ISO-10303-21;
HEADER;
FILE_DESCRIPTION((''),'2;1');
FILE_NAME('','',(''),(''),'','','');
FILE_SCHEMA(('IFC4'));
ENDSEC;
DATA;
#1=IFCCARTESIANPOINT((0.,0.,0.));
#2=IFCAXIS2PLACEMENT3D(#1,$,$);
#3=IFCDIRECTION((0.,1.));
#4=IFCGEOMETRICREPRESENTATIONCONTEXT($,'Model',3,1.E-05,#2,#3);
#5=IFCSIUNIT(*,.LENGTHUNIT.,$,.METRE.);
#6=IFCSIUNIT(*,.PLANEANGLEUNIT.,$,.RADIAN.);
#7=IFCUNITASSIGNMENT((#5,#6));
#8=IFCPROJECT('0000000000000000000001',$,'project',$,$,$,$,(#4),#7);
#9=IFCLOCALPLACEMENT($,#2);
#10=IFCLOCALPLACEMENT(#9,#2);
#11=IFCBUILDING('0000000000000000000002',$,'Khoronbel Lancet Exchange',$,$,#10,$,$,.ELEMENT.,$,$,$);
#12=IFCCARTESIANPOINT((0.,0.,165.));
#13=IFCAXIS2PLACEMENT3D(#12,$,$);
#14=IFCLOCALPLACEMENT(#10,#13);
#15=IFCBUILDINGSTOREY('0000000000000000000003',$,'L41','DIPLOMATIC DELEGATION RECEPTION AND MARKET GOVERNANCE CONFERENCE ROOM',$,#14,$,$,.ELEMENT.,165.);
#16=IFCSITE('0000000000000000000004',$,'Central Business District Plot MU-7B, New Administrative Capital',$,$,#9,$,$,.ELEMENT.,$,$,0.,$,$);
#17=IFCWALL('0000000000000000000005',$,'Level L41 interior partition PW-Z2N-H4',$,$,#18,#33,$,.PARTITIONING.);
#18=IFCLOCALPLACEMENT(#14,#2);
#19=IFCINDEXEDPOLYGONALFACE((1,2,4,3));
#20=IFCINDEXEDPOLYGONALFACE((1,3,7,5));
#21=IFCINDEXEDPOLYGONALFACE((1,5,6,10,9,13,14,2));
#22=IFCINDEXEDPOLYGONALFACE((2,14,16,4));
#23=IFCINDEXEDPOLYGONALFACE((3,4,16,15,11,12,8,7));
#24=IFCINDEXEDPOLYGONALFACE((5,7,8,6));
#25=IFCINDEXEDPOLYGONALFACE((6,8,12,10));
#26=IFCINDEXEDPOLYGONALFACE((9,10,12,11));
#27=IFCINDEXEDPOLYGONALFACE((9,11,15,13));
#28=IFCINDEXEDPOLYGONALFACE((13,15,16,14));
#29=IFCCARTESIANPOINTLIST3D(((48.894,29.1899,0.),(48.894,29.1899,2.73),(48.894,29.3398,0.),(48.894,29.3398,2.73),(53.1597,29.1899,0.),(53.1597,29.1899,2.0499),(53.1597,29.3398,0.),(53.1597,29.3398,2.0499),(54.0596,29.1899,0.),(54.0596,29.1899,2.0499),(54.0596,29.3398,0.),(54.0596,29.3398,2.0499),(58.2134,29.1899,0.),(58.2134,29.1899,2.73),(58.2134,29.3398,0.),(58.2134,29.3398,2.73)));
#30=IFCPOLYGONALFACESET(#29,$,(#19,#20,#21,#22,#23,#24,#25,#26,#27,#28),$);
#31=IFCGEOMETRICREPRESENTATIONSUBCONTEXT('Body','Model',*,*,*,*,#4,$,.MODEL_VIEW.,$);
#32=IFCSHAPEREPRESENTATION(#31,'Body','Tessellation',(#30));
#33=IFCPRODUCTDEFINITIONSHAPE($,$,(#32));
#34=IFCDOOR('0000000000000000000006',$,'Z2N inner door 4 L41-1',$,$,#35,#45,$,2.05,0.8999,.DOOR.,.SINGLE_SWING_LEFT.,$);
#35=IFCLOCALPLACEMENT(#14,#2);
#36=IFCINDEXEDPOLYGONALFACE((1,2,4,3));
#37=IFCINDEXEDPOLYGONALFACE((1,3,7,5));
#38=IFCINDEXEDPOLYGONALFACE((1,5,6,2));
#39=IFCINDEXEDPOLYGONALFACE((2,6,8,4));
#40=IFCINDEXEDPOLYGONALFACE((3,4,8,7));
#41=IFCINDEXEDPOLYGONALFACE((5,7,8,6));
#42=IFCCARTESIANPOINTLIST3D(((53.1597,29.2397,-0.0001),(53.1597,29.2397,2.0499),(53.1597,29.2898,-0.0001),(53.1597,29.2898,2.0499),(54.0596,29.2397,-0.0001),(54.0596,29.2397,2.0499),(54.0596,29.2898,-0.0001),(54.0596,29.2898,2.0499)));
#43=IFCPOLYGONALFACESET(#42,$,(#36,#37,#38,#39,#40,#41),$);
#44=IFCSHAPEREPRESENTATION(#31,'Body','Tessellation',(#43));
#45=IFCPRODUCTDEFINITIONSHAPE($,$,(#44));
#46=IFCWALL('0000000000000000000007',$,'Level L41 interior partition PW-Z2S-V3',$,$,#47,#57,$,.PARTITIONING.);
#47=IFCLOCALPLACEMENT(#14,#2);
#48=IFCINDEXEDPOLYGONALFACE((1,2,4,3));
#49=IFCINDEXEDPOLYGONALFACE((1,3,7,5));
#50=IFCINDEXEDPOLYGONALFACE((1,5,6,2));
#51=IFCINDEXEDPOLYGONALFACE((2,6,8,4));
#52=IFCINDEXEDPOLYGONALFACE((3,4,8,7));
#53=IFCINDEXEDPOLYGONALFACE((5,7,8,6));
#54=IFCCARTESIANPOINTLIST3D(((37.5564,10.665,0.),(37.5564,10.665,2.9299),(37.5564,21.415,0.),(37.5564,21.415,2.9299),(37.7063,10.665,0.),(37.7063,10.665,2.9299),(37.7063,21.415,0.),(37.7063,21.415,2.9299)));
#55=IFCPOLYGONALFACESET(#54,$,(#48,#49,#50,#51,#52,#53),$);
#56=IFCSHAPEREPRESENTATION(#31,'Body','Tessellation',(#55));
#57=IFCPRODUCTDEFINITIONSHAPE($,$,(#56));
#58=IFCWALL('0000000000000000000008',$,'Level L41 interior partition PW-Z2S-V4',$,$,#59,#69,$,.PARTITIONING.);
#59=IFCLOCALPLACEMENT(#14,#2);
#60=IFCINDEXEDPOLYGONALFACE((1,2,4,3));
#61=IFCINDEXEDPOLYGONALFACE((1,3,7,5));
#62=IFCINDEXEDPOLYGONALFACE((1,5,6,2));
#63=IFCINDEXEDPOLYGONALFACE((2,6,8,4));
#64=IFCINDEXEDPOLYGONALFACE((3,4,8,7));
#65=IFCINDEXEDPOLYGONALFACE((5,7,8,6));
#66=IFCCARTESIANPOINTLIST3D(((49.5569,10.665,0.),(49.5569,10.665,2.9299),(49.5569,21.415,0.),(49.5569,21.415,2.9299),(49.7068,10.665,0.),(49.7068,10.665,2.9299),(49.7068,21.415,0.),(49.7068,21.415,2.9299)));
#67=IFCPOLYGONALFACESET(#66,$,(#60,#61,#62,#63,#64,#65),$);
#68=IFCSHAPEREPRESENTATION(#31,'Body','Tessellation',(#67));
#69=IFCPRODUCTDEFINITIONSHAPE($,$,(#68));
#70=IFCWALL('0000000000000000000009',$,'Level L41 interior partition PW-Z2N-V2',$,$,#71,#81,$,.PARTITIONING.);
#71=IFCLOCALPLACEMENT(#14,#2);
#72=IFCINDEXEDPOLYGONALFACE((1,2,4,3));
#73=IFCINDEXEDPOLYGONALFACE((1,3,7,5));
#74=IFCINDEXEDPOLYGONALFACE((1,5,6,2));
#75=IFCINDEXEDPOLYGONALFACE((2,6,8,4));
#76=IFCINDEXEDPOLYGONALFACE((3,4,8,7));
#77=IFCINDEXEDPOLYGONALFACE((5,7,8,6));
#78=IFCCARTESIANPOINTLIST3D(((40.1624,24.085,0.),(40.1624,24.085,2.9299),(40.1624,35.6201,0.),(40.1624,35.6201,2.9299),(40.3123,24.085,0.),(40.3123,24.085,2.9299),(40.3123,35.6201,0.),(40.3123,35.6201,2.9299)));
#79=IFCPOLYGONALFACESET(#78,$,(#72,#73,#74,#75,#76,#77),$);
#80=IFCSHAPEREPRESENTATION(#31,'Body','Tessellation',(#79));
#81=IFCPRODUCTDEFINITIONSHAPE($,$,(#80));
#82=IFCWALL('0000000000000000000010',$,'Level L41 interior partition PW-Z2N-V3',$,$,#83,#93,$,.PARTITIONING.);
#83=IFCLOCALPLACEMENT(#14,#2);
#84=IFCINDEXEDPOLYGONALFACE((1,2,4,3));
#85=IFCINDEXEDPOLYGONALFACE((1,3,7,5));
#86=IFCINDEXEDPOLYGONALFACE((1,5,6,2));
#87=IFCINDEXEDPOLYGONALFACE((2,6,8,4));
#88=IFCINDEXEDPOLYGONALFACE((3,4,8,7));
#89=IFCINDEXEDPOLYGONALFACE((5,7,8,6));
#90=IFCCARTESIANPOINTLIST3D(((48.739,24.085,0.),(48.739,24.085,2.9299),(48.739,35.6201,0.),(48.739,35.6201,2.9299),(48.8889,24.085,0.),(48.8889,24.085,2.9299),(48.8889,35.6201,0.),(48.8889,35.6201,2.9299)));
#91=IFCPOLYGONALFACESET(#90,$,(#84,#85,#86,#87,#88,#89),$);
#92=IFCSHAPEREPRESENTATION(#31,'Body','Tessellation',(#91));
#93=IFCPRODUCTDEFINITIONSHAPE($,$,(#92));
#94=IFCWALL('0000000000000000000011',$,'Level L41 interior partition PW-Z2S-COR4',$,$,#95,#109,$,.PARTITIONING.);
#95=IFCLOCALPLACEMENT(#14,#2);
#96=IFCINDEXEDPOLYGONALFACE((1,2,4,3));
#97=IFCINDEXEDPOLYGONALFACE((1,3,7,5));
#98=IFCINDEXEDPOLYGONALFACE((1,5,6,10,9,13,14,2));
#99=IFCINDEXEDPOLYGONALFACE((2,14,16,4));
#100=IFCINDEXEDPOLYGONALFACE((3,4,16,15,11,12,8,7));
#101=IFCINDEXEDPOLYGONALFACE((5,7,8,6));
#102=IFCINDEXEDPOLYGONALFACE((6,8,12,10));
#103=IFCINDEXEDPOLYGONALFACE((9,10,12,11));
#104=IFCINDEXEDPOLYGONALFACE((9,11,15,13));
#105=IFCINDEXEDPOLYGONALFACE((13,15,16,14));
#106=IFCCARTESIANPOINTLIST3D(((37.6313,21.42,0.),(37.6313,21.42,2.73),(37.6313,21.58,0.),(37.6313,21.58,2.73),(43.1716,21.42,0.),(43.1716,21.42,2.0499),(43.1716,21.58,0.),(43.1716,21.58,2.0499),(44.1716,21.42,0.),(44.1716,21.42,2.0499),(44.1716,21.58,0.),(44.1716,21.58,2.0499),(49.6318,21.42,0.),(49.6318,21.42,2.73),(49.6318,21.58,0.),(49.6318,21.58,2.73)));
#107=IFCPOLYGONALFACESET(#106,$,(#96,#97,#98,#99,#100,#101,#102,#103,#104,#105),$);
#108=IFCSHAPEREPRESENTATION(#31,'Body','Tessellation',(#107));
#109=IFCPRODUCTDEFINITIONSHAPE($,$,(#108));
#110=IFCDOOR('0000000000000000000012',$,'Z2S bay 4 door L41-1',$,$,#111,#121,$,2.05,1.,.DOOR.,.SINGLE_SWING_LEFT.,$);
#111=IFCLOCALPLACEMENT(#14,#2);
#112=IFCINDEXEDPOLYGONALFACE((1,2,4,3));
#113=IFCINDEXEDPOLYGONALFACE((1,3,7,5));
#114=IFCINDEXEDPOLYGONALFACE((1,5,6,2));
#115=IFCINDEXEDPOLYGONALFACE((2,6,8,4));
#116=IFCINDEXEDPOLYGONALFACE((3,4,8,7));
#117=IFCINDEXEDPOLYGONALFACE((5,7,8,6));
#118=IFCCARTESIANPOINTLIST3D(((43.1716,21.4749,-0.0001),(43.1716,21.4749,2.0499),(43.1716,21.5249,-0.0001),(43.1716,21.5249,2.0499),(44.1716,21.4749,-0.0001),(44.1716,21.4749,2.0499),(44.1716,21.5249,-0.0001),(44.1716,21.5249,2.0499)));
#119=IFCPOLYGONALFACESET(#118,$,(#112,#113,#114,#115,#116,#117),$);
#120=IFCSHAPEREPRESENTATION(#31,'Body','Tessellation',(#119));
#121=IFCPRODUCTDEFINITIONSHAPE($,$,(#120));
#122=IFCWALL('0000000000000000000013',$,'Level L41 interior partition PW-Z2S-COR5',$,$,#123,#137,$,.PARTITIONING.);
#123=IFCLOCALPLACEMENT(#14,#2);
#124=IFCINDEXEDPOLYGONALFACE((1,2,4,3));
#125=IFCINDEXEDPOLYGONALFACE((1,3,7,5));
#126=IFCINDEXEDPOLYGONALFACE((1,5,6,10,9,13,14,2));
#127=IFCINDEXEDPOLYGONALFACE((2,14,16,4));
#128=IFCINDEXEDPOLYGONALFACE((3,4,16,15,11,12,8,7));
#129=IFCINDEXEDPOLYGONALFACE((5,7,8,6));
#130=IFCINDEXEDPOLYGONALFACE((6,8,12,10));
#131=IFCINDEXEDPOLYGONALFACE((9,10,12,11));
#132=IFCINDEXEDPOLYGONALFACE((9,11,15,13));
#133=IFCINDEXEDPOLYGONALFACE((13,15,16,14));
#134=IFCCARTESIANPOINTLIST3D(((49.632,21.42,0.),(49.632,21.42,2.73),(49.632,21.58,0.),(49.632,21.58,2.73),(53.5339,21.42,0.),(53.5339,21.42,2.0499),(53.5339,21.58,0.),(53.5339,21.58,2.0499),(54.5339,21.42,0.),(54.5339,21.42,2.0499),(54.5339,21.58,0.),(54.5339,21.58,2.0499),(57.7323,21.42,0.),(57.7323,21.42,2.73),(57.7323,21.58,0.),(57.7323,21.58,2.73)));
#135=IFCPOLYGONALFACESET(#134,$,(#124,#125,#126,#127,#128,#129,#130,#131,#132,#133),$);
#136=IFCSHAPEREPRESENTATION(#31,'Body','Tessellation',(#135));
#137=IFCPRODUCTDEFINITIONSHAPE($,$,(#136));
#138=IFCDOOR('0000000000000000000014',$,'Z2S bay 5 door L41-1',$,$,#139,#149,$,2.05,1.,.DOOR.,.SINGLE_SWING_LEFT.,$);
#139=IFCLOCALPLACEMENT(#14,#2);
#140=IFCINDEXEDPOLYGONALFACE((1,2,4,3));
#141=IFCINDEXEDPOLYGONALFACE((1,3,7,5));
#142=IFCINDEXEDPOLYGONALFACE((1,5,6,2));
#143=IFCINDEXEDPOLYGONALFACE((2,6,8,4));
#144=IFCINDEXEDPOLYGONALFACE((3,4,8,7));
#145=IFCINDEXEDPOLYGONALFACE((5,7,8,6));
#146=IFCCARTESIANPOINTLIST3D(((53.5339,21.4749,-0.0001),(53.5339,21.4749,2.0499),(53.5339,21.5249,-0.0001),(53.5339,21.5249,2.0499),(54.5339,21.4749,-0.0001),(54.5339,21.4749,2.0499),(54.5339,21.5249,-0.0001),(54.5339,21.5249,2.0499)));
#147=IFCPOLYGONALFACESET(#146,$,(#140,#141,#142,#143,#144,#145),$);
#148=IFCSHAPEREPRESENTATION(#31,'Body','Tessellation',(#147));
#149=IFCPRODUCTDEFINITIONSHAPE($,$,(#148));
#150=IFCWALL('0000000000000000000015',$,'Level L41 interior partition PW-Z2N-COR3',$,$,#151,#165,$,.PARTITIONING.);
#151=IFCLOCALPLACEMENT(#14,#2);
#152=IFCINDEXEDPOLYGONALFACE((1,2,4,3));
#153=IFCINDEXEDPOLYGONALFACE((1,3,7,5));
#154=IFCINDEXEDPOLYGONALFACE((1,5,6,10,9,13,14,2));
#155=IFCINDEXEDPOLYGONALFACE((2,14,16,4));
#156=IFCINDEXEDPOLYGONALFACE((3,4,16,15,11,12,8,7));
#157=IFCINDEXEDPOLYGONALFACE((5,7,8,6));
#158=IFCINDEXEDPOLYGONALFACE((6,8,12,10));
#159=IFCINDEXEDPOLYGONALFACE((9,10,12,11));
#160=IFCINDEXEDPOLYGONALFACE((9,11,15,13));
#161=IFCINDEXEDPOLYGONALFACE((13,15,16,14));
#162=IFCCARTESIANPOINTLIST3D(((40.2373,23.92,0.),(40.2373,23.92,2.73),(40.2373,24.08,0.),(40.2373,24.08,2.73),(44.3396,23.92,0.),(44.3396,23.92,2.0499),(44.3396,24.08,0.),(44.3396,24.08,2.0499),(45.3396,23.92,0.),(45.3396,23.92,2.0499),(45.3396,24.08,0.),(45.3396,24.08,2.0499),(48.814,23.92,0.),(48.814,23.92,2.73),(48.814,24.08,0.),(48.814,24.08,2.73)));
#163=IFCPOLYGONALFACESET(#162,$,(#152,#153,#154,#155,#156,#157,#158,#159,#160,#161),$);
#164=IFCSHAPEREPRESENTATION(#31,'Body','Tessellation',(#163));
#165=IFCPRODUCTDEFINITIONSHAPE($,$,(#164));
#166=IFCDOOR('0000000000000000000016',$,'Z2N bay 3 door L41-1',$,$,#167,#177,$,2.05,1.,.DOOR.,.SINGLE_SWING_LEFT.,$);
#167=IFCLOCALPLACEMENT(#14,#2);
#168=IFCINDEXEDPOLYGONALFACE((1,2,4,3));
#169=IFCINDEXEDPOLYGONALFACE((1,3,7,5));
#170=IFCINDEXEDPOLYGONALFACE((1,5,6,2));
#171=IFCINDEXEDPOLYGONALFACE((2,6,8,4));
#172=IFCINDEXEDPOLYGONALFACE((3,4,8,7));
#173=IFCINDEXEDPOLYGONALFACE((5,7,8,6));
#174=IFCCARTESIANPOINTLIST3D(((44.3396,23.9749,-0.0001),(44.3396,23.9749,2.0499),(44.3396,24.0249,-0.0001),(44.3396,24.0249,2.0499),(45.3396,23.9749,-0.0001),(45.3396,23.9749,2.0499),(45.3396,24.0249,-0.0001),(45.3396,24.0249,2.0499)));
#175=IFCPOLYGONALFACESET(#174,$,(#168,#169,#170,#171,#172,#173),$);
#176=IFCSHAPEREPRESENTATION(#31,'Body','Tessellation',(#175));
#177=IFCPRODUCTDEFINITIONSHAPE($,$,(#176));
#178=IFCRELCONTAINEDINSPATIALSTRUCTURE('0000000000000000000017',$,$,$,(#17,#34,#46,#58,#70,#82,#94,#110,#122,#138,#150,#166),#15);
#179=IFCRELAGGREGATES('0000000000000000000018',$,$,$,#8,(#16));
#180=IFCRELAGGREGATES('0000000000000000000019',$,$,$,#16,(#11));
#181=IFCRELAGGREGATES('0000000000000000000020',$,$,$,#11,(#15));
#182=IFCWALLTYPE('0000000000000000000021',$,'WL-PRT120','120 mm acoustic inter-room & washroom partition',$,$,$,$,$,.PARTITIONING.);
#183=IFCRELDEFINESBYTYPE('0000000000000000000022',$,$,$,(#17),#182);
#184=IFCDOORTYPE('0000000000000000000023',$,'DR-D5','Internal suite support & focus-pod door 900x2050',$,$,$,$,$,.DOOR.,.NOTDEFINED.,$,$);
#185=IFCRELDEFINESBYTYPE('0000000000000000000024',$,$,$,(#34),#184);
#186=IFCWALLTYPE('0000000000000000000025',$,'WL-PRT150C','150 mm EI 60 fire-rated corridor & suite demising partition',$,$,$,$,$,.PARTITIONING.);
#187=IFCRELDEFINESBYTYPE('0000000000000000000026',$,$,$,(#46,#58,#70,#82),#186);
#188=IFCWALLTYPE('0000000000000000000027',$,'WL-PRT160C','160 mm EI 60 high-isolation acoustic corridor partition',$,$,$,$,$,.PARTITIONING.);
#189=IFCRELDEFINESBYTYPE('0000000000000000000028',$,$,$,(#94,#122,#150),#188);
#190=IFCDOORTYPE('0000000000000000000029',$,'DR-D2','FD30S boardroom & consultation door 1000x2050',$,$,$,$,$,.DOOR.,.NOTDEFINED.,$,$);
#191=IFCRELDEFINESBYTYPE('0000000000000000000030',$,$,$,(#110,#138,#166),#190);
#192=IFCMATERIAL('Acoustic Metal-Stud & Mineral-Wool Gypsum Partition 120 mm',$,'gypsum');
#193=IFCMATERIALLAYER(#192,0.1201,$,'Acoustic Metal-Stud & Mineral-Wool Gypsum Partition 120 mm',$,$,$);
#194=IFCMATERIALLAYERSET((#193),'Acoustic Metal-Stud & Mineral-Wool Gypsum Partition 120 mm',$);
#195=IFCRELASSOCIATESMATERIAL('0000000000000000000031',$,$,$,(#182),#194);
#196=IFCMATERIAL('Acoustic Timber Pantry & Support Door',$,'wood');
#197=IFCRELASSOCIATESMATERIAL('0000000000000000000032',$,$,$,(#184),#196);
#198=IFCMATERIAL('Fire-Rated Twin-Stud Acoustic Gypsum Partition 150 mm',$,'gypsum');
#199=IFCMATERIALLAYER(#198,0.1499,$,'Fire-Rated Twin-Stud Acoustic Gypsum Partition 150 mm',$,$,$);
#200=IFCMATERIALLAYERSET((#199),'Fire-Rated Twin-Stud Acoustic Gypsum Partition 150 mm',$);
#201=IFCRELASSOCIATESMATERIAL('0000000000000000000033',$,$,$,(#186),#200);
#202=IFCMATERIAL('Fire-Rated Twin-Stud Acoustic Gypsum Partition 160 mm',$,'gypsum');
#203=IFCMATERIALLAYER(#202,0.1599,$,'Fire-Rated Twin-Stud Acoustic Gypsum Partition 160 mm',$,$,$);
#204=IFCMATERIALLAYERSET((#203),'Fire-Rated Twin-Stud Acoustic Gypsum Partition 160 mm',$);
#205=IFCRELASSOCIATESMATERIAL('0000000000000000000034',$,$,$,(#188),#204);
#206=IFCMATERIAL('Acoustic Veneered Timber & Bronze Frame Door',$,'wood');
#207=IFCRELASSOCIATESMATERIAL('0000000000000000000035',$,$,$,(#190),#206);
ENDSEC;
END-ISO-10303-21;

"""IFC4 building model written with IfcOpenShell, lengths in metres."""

from ifc_helpers import new_model, si_unit, direction, frame, frame_2d, origin, place, context, subcontext, project, spatial, rectangle, extrude, material, layer, layer_set, type_object, element, fill, save


model = new_model("IFC4")

# Units and contexts
model_context = context("Model", 3, precision=1e-05, world=origin(), true_north=direction((0.0, 1.0)))
body_context = subcontext(model_context, "Body", "Model", "MODEL_VIEW")
ifc_project = project(units=[si_unit("LENGTHUNIT", "METRE"), si_unit("PLANEANGLEUNIT", "RADIAN")], contexts=[model_context])

# Site, building, storey
site_placement = place(None, origin())
site = spatial("IfcSite", under=ifc_project, at=site_placement, Name="Central Business District Plot MU-7B, New Administrative Capital", CompositionType="ELEMENT", RefElevation=0.0)
building_placement = place(site_placement, origin())
building = spatial("IfcBuilding", under=site, at=building_placement, Name="Khoronbel Lancet Exchange", CompositionType="ELEMENT")
storey_placement = place(building_placement, frame((0.0, 0.0, 165.0)))
storey = spatial("IfcBuildingStorey", under=building, at=storey_placement, Name="L41", Description="DIPLOMATIC DELEGATION RECEPTION AND MARKET GOVERNANCE CONFERENCE ROOM", CompositionType="ELEMENT", Elevation=165.0)

# Wall, opening, door
ifc_material_1 = material(Name="Acoustic Metal-Stud & Mineral-Wool Gypsum Partition 120 mm", Category="gypsum")
ifc_layer_1 = layer(ifc_material_1, 0.1201, Name="Acoustic Metal-Stud & Mineral-Wool Gypsum Partition 120 mm")
ifc_layer_set_1 = layer_set([ifc_layer_1], Name="Acoustic Metal-Stud & Mineral-Wool Gypsum Partition 120 mm")
wall_type_1 = type_object("IfcWallType", Name="WL-PRT120", Description="120 mm acoustic inter-room & washroom partition", PredefinedType="PARTITIONING", material=ifc_layer_set_1)
ifc_material_2 = material(Name="Acoustic Timber Pantry & Support Door", Category="wood")
door_type_1 = type_object("IfcDoorType", Name="DR-D5", Description="Internal suite support & focus-pod door 900x2050", OperationType="NOTDEFINED", PredefinedType="DOOR", material=ifc_material_2)
wall_1_placement = place(storey_placement, frame((48.894, 29.2649, 0.0), z_axis=(0.0, 0.0, 1.0), x_axis=(1.0, 0.0, 0.0)))
wall_1 = element("IfcWall", 1, at=wall_1_placement, inside=storey, type_object=wall_type_1, Name="Level L41 interior partition PW-Z2N-H4", PredefinedType="PARTITIONING", context=body_context, shape_type="SweptSolid", body=[
    extrude(rectangle(XDim=9.3193, YDim=0.1499, at=frame_2d((4.6597, 0.0))), origin(), (0.0, 0.0, 1.0), 2.73),
])
opening_1_placement = place(wall_1_placement, frame((4.2656, 0.0, 0.0)))
opening_1 = element("IfcOpeningElement", 2, at=opening_1_placement, cuts=wall_1, PredefinedType="OPENING", context=body_context, shape_type="SweptSolid", body=[
    extrude(rectangle(XDim=0.8999, YDim=2.05, at=frame_2d((0.45, 1.0249))), frame((0.0, 0.085, 0.0), z_axis=(0.0, -1.0, 0.0), x_axis=(1.0, 0.0, 0.0)), (0.0, 0.0, 1.0), 0.1699),
])
door_1_placement = place(opening_1_placement, origin())
door_1 = element("IfcDoor", 3, at=door_1_placement, inside=storey, type_object=door_type_1, Name="Z2N inner door 4 L41-1", OperationType="SINGLE_SWING_LEFT", OverallHeight=2.05, OverallWidth=0.8999, PredefinedType="DOOR", context=body_context, shape_type="SweptSolid", body=[
    extrude(rectangle(XDim=0.8999, YDim=2.05, at=frame_2d((0.45, 1.0249))), frame((0.0, 0.0249, 0.0), z_axis=(0.0, -1.0, 0.0), x_axis=(1.0, 0.0, 0.0)), (0.0, 0.0, 1.0), 0.05),
])
fill(opening_1, door_1)

# Walls
ifc_material_3 = material(Name="Fire-Rated Twin-Stud Acoustic Gypsum Partition 150 mm", Category="gypsum")
ifc_layer_2 = layer(ifc_material_3, 0.1499, Name="Fire-Rated Twin-Stud Acoustic Gypsum Partition 150 mm")
ifc_layer_set_2 = layer_set([ifc_layer_2], Name="Fire-Rated Twin-Stud Acoustic Gypsum Partition 150 mm")
wall_type_2 = type_object("IfcWallType", Name="WL-PRT150C", Description="150 mm EI 60 fire-rated corridor & suite demising partition", PredefinedType="PARTITIONING", material=ifc_layer_set_2)
for number, where, z_axis, x_axis, name in (
    (4, (37.6313, 10.665, 0.0), (0.0, 0.0, 1.0), (0.0, 1.0, 0.0), "Level L41 interior partition PW-Z2S-V3"),
    (5, (49.6318, 10.665, 0.0), (0.0, 0.0, 1.0), (0.0, 1.0, 0.0), "Level L41 interior partition PW-Z2S-V4"),
):
    element("IfcWall", number, at=place(storey_placement, frame(where, z_axis=z_axis, x_axis=x_axis)), inside=storey, type_object=wall_type_2, Name=name, PredefinedType="PARTITIONING", context=body_context, shape_type="SweptSolid", body=[
        extrude(rectangle(XDim=10.75, YDim=0.1499, at=frame_2d((5.375, 0.0))), origin(), (0.0, 0.0, 1.0), 2.9299),
    ])
for number, where, z_axis, x_axis, name in (
    (6, (40.2373, 24.085, 0.0), (0.0, 0.0, 1.0), (0.0, 1.0, 0.0), "Level L41 interior partition PW-Z2N-V2"),
    (7, (48.814, 24.085, 0.0), (0.0, 0.0, 1.0), (0.0, 1.0, 0.0), "Level L41 interior partition PW-Z2N-V3"),
):
    element("IfcWall", number, at=place(storey_placement, frame(where, z_axis=z_axis, x_axis=x_axis)), inside=storey, type_object=wall_type_2, Name=name, PredefinedType="PARTITIONING", context=body_context, shape_type="SweptSolid", body=[
        extrude(rectangle(XDim=11.5352, YDim=0.1499, at=frame_2d((5.7676, 0.0))), origin(), (0.0, 0.0, 1.0), 2.9299),
    ])

# Walls, openings, doors
ifc_material_4 = material(Name="Fire-Rated Twin-Stud Acoustic Gypsum Partition 160 mm", Category="gypsum")
ifc_layer_3 = layer(ifc_material_4, 0.1599, Name="Fire-Rated Twin-Stud Acoustic Gypsum Partition 160 mm")
ifc_layer_set_3 = layer_set([ifc_layer_3], Name="Fire-Rated Twin-Stud Acoustic Gypsum Partition 160 mm")
wall_type_3 = type_object("IfcWallType", Name="WL-PRT160C", Description="160 mm EI 60 high-isolation acoustic corridor partition", PredefinedType="PARTITIONING", material=ifc_layer_set_3)
wall_2_placement = place(storey_placement, frame((37.6313, 21.5, 0.0), z_axis=(0.0, 0.0, 1.0), x_axis=(1.0, 0.0, 0.0)))
wall_2 = element("IfcWall", 8, at=wall_2_placement, inside=storey, type_object=wall_type_3, Name="Level L41 interior partition PW-Z2S-COR4", PredefinedType="PARTITIONING", context=body_context, shape_type="SweptSolid", body=[
    extrude(rectangle(XDim=12.0005, YDim=0.1599, at=frame_2d((6.0002, 0.0))), origin(), (0.0, 0.0, 1.0), 2.73),
])
opening_2_placement = place(wall_2_placement, frame((5.5403, 0.0, 0.0)))
opening_2 = element("IfcOpeningElement", 9, at=opening_2_placement, cuts=wall_2, PredefinedType="OPENING", context=body_context, shape_type="SweptSolid", body=[
    extrude(rectangle(XDim=1.0, YDim=2.05, at=frame_2d((0.5, 1.0249))), frame((0.0, 0.0898, 0.0), z_axis=(0.0, -1.0, 0.0), x_axis=(1.0, 0.0, 0.0)), (0.0, 0.0, 1.0), 0.1799),
])
ifc_material_5 = material(Name="Acoustic Veneered Timber & Bronze Frame Door", Category="wood")
door_type_2 = type_object("IfcDoorType", Name="DR-D2", Description="FD30S boardroom & consultation door 1000x2050", OperationType="NOTDEFINED", PredefinedType="DOOR", material=ifc_material_5)
door_2_placement = place(opening_2_placement, origin())
door_2 = element("IfcDoor", 10, at=door_2_placement, inside=storey, type_object=door_type_2, Name="Z2S bay 4 door L41-1", OperationType="SINGLE_SWING_LEFT", OverallHeight=2.05, OverallWidth=1.0, PredefinedType="DOOR", context=body_context, shape_type="SweptSolid", body=[
    extrude(rectangle(XDim=1.0, YDim=2.05, at=frame_2d((0.5, 1.0249))), frame((0.0, 0.0249, 0.0), z_axis=(0.0, -1.0, 0.0), x_axis=(1.0, 0.0, 0.0)), (0.0, 0.0, 1.0), 0.05),
])
fill(opening_2, door_2)
wall_3_placement = place(storey_placement, frame((49.6318, 21.5, 0.0), z_axis=(0.0, 0.0, 1.0), x_axis=(1.0, 0.0, 0.0)))
wall_3 = element("IfcWall", 11, at=wall_3_placement, inside=storey, type_object=wall_type_3, Name="Level L41 interior partition PW-Z2S-COR5", PredefinedType="PARTITIONING", context=body_context, shape_type="SweptSolid", body=[
    extrude(rectangle(XDim=8.1003, YDim=0.1599, at=frame_2d((4.0503, 0.0))), origin(), (0.0, 0.0, 1.0), 2.73),
])
opening_3_placement = place(wall_3_placement, frame((3.9021, 0.0, 0.0)))
opening_3 = element("IfcOpeningElement", 12, at=opening_3_placement, cuts=wall_3, PredefinedType="OPENING", context=body_context, shape_type="SweptSolid", body=[
    extrude(rectangle(XDim=1.0, YDim=2.05, at=frame_2d((0.5, 1.0249))), frame((0.0, 0.0898, 0.0), z_axis=(0.0, -1.0, 0.0), x_axis=(1.0, 0.0, 0.0)), (0.0, 0.0, 1.0), 0.1799),
])
door_3_placement = place(opening_3_placement, origin())
door_3 = element("IfcDoor", 13, at=door_3_placement, inside=storey, type_object=door_type_2, Name="Z2S bay 5 door L41-1", OperationType="SINGLE_SWING_LEFT", OverallHeight=2.05, OverallWidth=1.0, PredefinedType="DOOR", context=body_context, shape_type="SweptSolid", body=[
    extrude(rectangle(XDim=1.0, YDim=2.05, at=frame_2d((0.5, 1.0249))), frame((0.0, 0.0249, 0.0), z_axis=(0.0, -1.0, 0.0), x_axis=(1.0, 0.0, 0.0)), (0.0, 0.0, 1.0), 0.05),
])
fill(opening_3, door_3)
wall_4_placement = place(storey_placement, frame((40.2373, 24.0, 0.0), z_axis=(0.0, 0.0, 1.0), x_axis=(1.0, 0.0, 0.0)))
wall_4 = element("IfcWall", 14, at=wall_4_placement, inside=storey, type_object=wall_type_3, Name="Level L41 interior partition PW-Z2N-COR3", PredefinedType="PARTITIONING", context=body_context, shape_type="SweptSolid", body=[
    extrude(rectangle(XDim=8.5767, YDim=0.1599, at=frame_2d((4.2883, 0.0))), origin(), (0.0, 0.0, 1.0), 2.73),
])
opening_4_placement = place(wall_4_placement, frame((4.1023, 0.0, 0.0)))
opening_4 = element("IfcOpeningElement", 15, at=opening_4_placement, cuts=wall_4, PredefinedType="OPENING", context=body_context, shape_type="SweptSolid", body=[
    extrude(rectangle(XDim=1.0, YDim=2.05, at=frame_2d((0.5, 1.0249))), frame((0.0, 0.0898, 0.0), z_axis=(0.0, -1.0, 0.0), x_axis=(1.0, 0.0, 0.0)), (0.0, 0.0, 1.0), 0.1799),
])
door_4_placement = place(opening_4_placement, origin())
door_4 = element("IfcDoor", 16, at=door_4_placement, inside=storey, type_object=door_type_2, Name="Z2N bay 3 door L41-1", OperationType="SINGLE_SWING_LEFT", OverallHeight=2.05, OverallWidth=1.0, PredefinedType="DOOR", context=body_context, shape_type="SweptSolid", body=[
    extrude(rectangle(XDim=1.0, YDim=2.05, at=frame_2d((0.5, 1.0249))), frame((0.0, 0.0249, 0.0), z_axis=(0.0, -1.0, 0.0), x_axis=(1.0, 0.0, 0.0)), (0.0, 0.0, 1.0), 0.05),
])
fill(opening_4, door_4)

save(model, "model.ifc")
